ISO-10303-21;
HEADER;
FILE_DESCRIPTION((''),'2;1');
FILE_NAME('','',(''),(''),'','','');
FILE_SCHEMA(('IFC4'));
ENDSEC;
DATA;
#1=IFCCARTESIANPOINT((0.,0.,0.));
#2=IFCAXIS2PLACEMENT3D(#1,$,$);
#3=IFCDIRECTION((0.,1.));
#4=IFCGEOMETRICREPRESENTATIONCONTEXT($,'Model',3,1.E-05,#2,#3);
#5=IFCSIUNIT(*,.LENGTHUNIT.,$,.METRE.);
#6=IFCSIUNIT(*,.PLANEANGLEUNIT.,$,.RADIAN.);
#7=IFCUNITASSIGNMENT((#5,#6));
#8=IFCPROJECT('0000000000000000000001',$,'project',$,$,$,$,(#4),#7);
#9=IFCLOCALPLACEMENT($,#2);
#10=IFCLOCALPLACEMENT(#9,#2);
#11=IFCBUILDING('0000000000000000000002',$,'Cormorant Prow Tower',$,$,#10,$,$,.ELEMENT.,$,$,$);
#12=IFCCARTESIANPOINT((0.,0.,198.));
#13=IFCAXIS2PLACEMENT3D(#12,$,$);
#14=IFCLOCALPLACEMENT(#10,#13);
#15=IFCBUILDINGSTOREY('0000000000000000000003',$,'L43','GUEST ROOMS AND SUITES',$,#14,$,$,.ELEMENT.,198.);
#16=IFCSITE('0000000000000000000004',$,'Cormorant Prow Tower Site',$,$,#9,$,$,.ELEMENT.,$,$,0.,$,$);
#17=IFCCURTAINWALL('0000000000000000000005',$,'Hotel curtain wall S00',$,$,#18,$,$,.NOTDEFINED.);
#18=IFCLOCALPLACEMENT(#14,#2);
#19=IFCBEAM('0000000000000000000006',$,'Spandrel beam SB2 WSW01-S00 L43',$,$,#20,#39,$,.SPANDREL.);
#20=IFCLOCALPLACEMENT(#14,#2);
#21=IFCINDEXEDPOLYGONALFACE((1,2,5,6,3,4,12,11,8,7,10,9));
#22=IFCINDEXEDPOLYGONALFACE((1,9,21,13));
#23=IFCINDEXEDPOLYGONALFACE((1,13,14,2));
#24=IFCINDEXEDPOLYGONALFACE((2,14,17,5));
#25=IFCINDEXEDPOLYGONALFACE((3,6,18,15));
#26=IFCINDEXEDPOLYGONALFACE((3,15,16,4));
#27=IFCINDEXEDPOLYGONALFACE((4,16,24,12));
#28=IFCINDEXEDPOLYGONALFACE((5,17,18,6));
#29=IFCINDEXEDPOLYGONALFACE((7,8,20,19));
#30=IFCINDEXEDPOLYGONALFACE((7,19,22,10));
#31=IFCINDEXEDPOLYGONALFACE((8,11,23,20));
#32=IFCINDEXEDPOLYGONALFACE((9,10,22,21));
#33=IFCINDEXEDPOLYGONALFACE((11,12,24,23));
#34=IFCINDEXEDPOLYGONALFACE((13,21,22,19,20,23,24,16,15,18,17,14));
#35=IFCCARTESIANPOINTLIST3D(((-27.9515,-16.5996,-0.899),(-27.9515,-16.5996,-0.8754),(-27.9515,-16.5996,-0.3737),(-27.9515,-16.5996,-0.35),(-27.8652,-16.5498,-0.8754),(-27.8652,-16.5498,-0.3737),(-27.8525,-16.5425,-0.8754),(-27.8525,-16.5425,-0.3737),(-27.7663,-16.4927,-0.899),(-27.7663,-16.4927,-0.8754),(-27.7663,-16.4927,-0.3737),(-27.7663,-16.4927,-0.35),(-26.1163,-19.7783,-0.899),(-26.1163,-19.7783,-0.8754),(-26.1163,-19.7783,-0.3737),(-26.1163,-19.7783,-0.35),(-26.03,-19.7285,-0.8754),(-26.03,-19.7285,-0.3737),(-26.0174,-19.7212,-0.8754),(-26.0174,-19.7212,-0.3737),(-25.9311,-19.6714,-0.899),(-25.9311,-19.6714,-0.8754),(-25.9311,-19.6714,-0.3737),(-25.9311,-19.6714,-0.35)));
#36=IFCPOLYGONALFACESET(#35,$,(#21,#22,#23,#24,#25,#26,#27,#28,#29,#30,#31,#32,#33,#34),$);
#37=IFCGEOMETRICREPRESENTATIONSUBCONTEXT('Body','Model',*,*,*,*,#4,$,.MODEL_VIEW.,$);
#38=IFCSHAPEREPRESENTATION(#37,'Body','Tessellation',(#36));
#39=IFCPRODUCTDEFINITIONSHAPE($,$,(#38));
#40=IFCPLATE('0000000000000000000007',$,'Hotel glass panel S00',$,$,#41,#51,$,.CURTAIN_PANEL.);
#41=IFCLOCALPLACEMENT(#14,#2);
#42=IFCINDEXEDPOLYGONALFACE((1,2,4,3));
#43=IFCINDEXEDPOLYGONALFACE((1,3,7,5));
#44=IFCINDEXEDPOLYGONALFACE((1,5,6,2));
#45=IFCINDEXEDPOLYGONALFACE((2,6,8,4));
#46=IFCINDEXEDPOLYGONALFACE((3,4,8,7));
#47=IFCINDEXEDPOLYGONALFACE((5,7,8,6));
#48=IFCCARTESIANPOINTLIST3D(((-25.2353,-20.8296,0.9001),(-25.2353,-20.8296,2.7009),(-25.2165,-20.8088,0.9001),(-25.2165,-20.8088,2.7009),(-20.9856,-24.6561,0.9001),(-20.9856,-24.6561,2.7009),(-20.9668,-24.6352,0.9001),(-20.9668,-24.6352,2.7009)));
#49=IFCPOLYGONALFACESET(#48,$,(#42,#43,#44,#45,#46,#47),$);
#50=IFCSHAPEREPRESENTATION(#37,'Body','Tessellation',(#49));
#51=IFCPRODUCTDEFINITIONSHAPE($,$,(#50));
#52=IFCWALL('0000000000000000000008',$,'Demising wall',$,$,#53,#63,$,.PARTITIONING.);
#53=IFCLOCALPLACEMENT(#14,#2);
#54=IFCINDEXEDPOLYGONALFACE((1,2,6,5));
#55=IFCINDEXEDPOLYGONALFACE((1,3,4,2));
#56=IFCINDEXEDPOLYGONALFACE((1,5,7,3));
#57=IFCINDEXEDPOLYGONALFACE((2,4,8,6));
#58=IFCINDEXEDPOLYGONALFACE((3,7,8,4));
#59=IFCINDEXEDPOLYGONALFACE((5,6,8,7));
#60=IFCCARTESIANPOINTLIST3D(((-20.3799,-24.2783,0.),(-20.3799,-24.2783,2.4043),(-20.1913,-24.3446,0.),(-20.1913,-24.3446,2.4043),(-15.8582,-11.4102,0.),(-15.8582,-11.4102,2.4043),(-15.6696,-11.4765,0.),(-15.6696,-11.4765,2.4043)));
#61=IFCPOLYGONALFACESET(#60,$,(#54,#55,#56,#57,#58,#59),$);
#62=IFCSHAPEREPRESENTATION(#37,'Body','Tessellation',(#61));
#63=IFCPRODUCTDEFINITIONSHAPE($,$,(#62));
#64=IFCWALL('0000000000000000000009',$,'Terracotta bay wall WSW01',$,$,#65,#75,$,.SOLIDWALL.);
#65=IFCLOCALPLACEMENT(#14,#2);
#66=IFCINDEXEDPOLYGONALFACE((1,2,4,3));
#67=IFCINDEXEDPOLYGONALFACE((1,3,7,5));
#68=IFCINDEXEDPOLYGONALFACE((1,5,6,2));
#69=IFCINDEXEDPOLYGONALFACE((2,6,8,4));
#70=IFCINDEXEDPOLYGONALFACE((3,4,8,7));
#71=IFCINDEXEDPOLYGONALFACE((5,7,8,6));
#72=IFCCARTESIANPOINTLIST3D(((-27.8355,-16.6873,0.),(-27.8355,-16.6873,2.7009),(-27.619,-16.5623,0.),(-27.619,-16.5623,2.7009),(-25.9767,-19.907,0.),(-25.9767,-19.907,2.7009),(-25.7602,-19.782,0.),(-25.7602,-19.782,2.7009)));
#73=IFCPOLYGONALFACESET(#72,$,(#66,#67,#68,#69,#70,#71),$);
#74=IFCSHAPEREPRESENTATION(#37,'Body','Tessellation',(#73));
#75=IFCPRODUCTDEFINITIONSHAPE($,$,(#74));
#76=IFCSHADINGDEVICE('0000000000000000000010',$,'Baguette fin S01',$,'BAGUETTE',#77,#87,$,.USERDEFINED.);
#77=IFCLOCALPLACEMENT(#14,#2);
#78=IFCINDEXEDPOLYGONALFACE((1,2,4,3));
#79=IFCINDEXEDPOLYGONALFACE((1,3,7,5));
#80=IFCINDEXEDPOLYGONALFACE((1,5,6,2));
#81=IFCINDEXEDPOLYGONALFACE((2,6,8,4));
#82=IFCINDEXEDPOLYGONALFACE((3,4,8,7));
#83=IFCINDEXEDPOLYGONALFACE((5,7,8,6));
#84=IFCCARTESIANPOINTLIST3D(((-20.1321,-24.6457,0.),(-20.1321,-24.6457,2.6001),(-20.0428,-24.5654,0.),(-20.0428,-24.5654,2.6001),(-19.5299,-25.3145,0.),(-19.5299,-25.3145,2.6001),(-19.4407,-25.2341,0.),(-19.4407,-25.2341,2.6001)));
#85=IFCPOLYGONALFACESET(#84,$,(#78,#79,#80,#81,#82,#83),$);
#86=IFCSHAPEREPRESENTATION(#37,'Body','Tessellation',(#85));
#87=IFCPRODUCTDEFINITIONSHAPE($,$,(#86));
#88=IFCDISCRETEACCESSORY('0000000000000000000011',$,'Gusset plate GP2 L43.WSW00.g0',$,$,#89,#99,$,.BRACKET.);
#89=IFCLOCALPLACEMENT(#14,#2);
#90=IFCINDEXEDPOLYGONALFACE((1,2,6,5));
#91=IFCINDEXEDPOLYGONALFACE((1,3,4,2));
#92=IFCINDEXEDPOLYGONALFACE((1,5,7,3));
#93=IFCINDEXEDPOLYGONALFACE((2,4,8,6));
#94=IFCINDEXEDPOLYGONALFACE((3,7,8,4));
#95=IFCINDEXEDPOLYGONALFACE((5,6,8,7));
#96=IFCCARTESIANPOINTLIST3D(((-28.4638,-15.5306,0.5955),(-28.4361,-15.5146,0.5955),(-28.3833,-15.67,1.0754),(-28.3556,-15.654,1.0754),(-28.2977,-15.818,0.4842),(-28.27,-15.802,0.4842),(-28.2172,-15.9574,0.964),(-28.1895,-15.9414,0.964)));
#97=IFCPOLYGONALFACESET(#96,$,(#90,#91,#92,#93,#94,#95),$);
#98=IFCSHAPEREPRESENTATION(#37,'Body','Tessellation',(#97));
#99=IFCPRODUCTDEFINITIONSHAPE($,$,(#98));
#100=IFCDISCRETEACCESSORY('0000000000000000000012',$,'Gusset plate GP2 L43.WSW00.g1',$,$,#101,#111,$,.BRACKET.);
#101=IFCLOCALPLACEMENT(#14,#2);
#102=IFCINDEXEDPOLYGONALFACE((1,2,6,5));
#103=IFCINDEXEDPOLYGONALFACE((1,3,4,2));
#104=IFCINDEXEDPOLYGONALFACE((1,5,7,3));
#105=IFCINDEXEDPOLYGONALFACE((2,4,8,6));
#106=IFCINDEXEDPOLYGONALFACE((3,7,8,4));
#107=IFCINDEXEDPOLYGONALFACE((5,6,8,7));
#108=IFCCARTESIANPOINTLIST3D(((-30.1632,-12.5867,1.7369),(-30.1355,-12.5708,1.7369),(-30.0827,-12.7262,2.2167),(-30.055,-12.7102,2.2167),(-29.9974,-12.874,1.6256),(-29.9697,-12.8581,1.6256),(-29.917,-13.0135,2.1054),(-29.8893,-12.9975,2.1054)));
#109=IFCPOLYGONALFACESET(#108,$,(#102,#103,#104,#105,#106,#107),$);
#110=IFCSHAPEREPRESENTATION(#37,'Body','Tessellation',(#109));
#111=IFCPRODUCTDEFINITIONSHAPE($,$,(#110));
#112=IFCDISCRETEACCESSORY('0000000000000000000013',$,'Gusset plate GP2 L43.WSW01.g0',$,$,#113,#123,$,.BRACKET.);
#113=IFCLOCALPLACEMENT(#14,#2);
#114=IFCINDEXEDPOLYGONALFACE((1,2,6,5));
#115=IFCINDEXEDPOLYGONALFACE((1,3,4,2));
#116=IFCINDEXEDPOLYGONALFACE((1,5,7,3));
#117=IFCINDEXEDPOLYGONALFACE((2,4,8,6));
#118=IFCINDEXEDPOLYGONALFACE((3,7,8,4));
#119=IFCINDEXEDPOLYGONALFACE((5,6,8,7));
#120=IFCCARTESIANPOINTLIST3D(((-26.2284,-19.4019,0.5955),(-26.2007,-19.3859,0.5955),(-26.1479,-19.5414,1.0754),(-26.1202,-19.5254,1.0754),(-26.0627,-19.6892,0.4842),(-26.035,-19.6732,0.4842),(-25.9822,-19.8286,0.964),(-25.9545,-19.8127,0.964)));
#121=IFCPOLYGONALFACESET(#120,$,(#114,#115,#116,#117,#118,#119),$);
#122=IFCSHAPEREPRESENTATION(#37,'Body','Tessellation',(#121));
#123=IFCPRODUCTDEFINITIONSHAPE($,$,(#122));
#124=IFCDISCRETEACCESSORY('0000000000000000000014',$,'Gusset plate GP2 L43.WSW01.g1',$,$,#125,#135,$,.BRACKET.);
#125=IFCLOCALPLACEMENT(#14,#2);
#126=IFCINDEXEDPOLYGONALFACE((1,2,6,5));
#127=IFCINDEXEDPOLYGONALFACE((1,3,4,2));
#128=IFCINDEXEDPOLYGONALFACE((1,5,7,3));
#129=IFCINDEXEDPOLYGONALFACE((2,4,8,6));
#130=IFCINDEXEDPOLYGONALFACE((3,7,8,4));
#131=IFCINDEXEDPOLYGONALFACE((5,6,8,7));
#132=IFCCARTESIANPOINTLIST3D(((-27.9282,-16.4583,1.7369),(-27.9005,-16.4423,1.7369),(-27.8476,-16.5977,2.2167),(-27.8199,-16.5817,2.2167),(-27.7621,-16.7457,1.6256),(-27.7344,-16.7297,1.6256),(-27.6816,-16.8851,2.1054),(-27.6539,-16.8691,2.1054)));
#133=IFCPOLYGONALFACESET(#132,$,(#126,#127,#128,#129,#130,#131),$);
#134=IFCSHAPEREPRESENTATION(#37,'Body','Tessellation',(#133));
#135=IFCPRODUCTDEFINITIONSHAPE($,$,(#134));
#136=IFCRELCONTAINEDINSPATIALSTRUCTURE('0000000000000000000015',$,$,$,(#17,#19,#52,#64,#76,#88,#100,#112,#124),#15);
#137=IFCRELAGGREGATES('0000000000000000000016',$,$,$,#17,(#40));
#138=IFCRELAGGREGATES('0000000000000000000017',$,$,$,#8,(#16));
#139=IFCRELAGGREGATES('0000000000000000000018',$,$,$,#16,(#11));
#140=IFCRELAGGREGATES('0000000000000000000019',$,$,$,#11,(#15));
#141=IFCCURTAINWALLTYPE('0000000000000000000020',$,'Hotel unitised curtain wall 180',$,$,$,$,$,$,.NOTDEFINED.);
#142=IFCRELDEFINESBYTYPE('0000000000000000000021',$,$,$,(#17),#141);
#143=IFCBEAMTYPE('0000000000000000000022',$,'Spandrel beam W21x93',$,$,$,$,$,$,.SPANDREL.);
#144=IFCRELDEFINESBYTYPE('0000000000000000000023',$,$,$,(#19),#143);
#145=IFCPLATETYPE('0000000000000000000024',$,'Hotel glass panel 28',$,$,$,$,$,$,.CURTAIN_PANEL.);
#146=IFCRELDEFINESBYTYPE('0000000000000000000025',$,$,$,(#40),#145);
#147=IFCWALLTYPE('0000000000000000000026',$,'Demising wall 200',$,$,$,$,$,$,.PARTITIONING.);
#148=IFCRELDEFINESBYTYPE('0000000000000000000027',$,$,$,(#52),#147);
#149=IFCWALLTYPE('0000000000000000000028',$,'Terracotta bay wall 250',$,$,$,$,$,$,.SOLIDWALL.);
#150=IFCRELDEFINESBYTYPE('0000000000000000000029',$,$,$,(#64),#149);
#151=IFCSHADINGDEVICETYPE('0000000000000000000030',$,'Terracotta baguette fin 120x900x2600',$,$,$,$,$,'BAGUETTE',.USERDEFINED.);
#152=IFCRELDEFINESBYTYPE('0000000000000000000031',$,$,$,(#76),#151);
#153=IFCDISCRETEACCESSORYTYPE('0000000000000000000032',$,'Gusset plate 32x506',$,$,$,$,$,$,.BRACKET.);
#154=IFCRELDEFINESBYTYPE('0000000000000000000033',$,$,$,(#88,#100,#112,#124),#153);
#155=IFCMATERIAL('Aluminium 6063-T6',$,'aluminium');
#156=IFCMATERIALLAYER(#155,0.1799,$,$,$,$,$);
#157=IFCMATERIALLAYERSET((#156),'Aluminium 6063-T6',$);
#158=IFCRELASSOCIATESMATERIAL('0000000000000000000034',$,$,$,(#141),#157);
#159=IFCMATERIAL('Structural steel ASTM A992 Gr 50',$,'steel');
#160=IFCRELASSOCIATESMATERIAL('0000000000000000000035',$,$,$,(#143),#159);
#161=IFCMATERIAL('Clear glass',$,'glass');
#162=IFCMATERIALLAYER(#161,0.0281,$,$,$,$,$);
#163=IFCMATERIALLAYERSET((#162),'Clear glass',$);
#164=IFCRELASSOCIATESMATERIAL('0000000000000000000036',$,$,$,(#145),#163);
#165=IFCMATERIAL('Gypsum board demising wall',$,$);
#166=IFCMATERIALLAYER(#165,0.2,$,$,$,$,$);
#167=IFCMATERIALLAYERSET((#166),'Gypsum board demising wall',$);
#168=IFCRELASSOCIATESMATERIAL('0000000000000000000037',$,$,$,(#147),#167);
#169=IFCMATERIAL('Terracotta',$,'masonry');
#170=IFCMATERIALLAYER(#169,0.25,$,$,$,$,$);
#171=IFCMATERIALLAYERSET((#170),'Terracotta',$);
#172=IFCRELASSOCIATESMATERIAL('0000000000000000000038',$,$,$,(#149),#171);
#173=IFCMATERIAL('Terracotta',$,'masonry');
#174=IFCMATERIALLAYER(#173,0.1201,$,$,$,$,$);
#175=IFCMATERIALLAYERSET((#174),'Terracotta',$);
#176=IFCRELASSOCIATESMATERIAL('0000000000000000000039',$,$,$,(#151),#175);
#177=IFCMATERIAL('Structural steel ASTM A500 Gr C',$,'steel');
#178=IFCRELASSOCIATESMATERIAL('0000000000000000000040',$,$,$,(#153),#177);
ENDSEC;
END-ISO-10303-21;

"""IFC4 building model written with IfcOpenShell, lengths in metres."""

from ifc_helpers import new_model, si_unit, direction, frame, frame_2d, origin, origin_2d, place, context, subcontext, project, spatial, rectangle, i_section, extrude, material, layer, layer_set, material_profile, profile_set, type_object, element, aggregate, save


model = new_model("IFC4")

# Units and contexts
model_context = context("Model", 3, precision=1e-05, world=origin(), true_north=direction((0.0, 1.0)))
body_context = subcontext(model_context, "Body", "Model", "MODEL_VIEW")
ifc_project = project(units=[si_unit("LENGTHUNIT", "METRE"), si_unit("PLANEANGLEUNIT", "RADIAN")], contexts=[model_context])

# Site, building, storey
site_placement = place(None, origin())
site = spatial("IfcSite", under=ifc_project, at=site_placement, Name="Cormorant Prow Tower Site", CompositionType="ELEMENT", RefElevation=0.0)
building_placement = place(site_placement, origin())
building = spatial("IfcBuilding", under=site, at=building_placement, Name="Cormorant Prow Tower", CompositionType="ELEMENT")
storey_placement = place(building_placement, frame((0.0, 0.0, 198.0)))
storey = spatial("IfcBuildingStorey", under=building, at=storey_placement, Name="L43", Description="GUEST ROOMS AND SUITES", CompositionType="ELEMENT", Elevation=198.0)

# Curtain wall
ifc_material_1 = material(Name="Aluminium 6063-T6", Category="aluminium")
ifc_layer_1 = layer(ifc_material_1, 0.1799)
ifc_layer_set_1 = layer_set([ifc_layer_1], Name="Aluminium 6063-T6")
curtain_wall_type = type_object("IfcCurtainWallType", Name="Hotel unitised curtain wall 180", PredefinedType="NOTDEFINED", material=ifc_layer_set_1)
curtain_wall_placement = place(storey_placement, origin())
curtain_wall = element("IfcCurtainWall", 1, at=curtain_wall_placement, inside=storey, type_object=curtain_wall_type, Name="Hotel curtain wall S00", PredefinedType="NOTDEFINED")

# Beam
ifc_material_2 = material(Name="Structural steel ASTM A992 Gr 50", Category="steel")
ifc_material_profile_1 = material_profile(ifc_material_2, i_section(OverallWidth=0.2139, OverallDepth=0.5491, WebThickness=0.0146, FlangeThickness=0.0237, at=origin_2d()), Name="W21x93")
ifc_profile_set_1 = profile_set([ifc_material_profile_1], Name="Structural steel ASTM A992 Gr 50")
beam_type = type_object("IfcBeamType", Name="Spandrel beam W21x93", PredefinedType="SPANDREL", material=ifc_profile_set_1)
for number, where, z_axis, x_axis, name in (
    (2, (-27.8589, -16.5461, -0.6245), (0.499995, -0.866028, 0.0), (0.866028, 0.499995, 0.0), "Spandrel beam SB2 WSW01-S00 L43"),
):
    element("IfcBeam", number, at=place(storey_placement, frame(where, z_axis=z_axis, x_axis=x_axis)), inside=storey, type_object=beam_type, Name=name, PredefinedType="SPANDREL", context=body_context, shape_type="SweptSolid", body=[
        extrude(i_section(OverallWidth=0.2139, OverallDepth=0.5491, WebThickness=0.0146, FlangeThickness=0.0237, at=origin_2d()), origin(), (0.0, 0.0, 1.0), 3.6704),
    ])

# Plate
ifc_material_3 = material(Name="Clear glass", Category="glass")
ifc_layer_2 = layer(ifc_material_3, 0.0281)
ifc_layer_set_2 = layer_set([ifc_layer_2], Name="Clear glass")
plate_type = type_object("IfcPlateType", Name="Hotel glass panel 28", PredefinedType="CURTAIN_PANEL", material=ifc_layer_set_2)
plate_placement = place(storey_placement, frame((-23.1011, -22.7324, 0.9001), z_axis=(0.0, 0.0, 1.0), x_axis=(0.743145, -0.669131, 0.0)))
plate = element("IfcPlate", 3, at=plate_placement, type_object=plate_type, Name="Hotel glass panel S00", PredefinedType="CURTAIN_PANEL", context=body_context, shape_type="SweptSolid", body=[
    extrude(rectangle(XDim=5.7185, YDim=0.0281, at=origin_2d()), origin(), (0.0, 0.0, 1.0), 1.8008),
])
aggregate(curtain_wall, [plate])

# Walls
ifc_material_4 = material(Name="Gypsum board demising wall")
ifc_layer_3 = layer(ifc_material_4, 0.2)
ifc_layer_set_3 = layer_set([ifc_layer_3], Name="Gypsum board demising wall")
wall_type_1 = type_object("IfcWallType", Name="Demising wall 200", PredefinedType="PARTITIONING", material=ifc_layer_set_3)
wall_1_placement = place(storey_placement, frame((-20.2856, -24.3115, 0.0), z_axis=(0.0, 0.0, 1.0), x_axis=(0.331517, 0.943449, 0.0)))
element("IfcWall", 4, at=wall_1_placement, inside=storey, type_object=wall_type_1, Name="Demising wall", PredefinedType="PARTITIONING", context=body_context, shape_type="SweptSolid", body=[
    extrude(rectangle(XDim=13.6394, YDim=0.2, at=frame_2d((6.8198, 0.0))), origin(), (0.0, 0.0, 1.0), 2.4043),
])
ifc_material_5 = material(Name="Terracotta", Category="masonry")
ifc_layer_4 = layer(ifc_material_5, 0.25)
ifc_layer_set_4 = layer_set([ifc_layer_4], Name="Terracotta")
wall_type_2 = type_object("IfcWallType", Name="Terracotta bay wall 250", PredefinedType="SOLIDWALL", material=ifc_layer_set_4)
wall_2_placement = place(storey_placement, frame((-27.7273, -16.6248, 0.0), z_axis=(0.0, 0.0, 1.0), x_axis=(0.499995, -0.866028, 0.0)))
element("IfcWall", 5, at=wall_2_placement, inside=storey, type_object=wall_type_2, Name="Terracotta bay wall WSW01", PredefinedType="SOLIDWALL", context=body_context, shape_type="SweptSolid", body=[
    extrude(rectangle(XDim=3.7178, YDim=0.25, at=frame_2d((1.8589, 0.0))), origin(), (0.0, 0.0, 1.0), 2.7009),
])

# Shading device
ifc_material_6 = material(Name="Terracotta", Category="masonry")
ifc_layer_5 = layer(ifc_material_6, 0.1201)
ifc_layer_set_5 = layer_set([ifc_layer_5], Name="Terracotta")
shading_device_type = type_object("IfcShadingDeviceType", Name="Terracotta baguette fin 120x900x2600", ElementType="BAGUETTE", PredefinedType="USERDEFINED", material=ifc_layer_set_5)
shading_device_placement = place(storey_placement, frame((-19.7864, -24.9399, 0.0), z_axis=(0.0, 0.0, 1.0), x_axis=(0.743145, 0.669131, 0.0)))
element("IfcShadingDevice", 6, at=shading_device_placement, inside=storey, type_object=shading_device_type, Name="Baguette fin S01", ObjectType="BAGUETTE", PredefinedType="USERDEFINED", context=body_context, shape_type="SweptSolid", body=[
    extrude(rectangle(XDim=0.1201, YDim=0.8999, at=origin_2d()), origin(), (0.0, 0.0, 1.0), 2.6001),
])

# Discrete accessories
ifc_material_7 = material(Name="Structural steel ASTM A500 Gr C", Category="steel")
ifc_material_profile_2 = material_profile(ifc_material_7, rectangle(XDim=0.032, YDim=0.5061, at=origin_2d()), Name="Gusset plate 32x506")
ifc_profile_set_2 = profile_set([ifc_material_profile_2], Name="Structural steel ASTM A500 Gr C")
discrete_accessory_type = type_object("IfcDiscreteAccessoryType", Name="Gusset plate 32x506", PredefinedType="BRACKET", material=ifc_profile_set_2)
discrete_accessory_1_placement = place(storey_placement, frame((-28.4097, -15.5923, 0.8354), z_axis=(0.474278, -0.820919, -0.318045), x_axis=(0.865879, 0.500253, 0.0)))
element("IfcDiscreteAccessory", 7, at=discrete_accessory_1_placement, inside=storey, type_object=discrete_accessory_type, Name="Gusset plate GP2 L43.WSW00.g0", PredefinedType="BRACKET", context=body_context, shape_type="SweptSolid", body=[
    extrude(rectangle(XDim=0.032, YDim=0.5061, at=origin_2d()), origin(), (0.0, 0.0, 1.0), 0.3501),
])
for number, where, z_axis, x_axis, name in (
    (8, (-29.9434, -12.9358, 1.8655), (-0.473737, 0.82119, 0.31815), (-0.866198, -0.499701, 0.0), "Gusset plate GP2 L43.WSW00.g1"),
    (9, (-26.1743, -19.4636, 0.8354), (0.473737, -0.82119, -0.31815), (0.866198, 0.499701, 0.0), "Gusset plate GP2 L43.WSW01.g0"),
):
    element("IfcDiscreteAccessory", number, at=place(storey_placement, frame(where, z_axis=z_axis, x_axis=x_axis)), inside=storey, type_object=discrete_accessory_type, Name=name, PredefinedType="BRACKET", context=body_context, shape_type="SweptSolid", body=[
        extrude(rectangle(XDim=0.032, YDim=0.5061, at=origin_2d()), origin(), (0.0, 0.0, 1.0), 0.3499),
    ])
discrete_accessory_2_placement = place(storey_placement, frame((-27.708, -16.8074, 1.8655), z_axis=(-0.474278, 0.820919, 0.318045), x_axis=(-0.865879, -0.500253, 0.0)))
element("IfcDiscreteAccessory", 10, at=discrete_accessory_2_placement, inside=storey, type_object=discrete_accessory_type, Name="Gusset plate GP2 L43.WSW01.g1", PredefinedType="BRACKET", context=body_context, shape_type="SweptSolid", body=[
    extrude(rectangle(XDim=0.032, YDim=0.5061, at=origin_2d()), origin(), (0.0, 0.0, 1.0), 0.3501),
])

save(model, "model.ifc")
